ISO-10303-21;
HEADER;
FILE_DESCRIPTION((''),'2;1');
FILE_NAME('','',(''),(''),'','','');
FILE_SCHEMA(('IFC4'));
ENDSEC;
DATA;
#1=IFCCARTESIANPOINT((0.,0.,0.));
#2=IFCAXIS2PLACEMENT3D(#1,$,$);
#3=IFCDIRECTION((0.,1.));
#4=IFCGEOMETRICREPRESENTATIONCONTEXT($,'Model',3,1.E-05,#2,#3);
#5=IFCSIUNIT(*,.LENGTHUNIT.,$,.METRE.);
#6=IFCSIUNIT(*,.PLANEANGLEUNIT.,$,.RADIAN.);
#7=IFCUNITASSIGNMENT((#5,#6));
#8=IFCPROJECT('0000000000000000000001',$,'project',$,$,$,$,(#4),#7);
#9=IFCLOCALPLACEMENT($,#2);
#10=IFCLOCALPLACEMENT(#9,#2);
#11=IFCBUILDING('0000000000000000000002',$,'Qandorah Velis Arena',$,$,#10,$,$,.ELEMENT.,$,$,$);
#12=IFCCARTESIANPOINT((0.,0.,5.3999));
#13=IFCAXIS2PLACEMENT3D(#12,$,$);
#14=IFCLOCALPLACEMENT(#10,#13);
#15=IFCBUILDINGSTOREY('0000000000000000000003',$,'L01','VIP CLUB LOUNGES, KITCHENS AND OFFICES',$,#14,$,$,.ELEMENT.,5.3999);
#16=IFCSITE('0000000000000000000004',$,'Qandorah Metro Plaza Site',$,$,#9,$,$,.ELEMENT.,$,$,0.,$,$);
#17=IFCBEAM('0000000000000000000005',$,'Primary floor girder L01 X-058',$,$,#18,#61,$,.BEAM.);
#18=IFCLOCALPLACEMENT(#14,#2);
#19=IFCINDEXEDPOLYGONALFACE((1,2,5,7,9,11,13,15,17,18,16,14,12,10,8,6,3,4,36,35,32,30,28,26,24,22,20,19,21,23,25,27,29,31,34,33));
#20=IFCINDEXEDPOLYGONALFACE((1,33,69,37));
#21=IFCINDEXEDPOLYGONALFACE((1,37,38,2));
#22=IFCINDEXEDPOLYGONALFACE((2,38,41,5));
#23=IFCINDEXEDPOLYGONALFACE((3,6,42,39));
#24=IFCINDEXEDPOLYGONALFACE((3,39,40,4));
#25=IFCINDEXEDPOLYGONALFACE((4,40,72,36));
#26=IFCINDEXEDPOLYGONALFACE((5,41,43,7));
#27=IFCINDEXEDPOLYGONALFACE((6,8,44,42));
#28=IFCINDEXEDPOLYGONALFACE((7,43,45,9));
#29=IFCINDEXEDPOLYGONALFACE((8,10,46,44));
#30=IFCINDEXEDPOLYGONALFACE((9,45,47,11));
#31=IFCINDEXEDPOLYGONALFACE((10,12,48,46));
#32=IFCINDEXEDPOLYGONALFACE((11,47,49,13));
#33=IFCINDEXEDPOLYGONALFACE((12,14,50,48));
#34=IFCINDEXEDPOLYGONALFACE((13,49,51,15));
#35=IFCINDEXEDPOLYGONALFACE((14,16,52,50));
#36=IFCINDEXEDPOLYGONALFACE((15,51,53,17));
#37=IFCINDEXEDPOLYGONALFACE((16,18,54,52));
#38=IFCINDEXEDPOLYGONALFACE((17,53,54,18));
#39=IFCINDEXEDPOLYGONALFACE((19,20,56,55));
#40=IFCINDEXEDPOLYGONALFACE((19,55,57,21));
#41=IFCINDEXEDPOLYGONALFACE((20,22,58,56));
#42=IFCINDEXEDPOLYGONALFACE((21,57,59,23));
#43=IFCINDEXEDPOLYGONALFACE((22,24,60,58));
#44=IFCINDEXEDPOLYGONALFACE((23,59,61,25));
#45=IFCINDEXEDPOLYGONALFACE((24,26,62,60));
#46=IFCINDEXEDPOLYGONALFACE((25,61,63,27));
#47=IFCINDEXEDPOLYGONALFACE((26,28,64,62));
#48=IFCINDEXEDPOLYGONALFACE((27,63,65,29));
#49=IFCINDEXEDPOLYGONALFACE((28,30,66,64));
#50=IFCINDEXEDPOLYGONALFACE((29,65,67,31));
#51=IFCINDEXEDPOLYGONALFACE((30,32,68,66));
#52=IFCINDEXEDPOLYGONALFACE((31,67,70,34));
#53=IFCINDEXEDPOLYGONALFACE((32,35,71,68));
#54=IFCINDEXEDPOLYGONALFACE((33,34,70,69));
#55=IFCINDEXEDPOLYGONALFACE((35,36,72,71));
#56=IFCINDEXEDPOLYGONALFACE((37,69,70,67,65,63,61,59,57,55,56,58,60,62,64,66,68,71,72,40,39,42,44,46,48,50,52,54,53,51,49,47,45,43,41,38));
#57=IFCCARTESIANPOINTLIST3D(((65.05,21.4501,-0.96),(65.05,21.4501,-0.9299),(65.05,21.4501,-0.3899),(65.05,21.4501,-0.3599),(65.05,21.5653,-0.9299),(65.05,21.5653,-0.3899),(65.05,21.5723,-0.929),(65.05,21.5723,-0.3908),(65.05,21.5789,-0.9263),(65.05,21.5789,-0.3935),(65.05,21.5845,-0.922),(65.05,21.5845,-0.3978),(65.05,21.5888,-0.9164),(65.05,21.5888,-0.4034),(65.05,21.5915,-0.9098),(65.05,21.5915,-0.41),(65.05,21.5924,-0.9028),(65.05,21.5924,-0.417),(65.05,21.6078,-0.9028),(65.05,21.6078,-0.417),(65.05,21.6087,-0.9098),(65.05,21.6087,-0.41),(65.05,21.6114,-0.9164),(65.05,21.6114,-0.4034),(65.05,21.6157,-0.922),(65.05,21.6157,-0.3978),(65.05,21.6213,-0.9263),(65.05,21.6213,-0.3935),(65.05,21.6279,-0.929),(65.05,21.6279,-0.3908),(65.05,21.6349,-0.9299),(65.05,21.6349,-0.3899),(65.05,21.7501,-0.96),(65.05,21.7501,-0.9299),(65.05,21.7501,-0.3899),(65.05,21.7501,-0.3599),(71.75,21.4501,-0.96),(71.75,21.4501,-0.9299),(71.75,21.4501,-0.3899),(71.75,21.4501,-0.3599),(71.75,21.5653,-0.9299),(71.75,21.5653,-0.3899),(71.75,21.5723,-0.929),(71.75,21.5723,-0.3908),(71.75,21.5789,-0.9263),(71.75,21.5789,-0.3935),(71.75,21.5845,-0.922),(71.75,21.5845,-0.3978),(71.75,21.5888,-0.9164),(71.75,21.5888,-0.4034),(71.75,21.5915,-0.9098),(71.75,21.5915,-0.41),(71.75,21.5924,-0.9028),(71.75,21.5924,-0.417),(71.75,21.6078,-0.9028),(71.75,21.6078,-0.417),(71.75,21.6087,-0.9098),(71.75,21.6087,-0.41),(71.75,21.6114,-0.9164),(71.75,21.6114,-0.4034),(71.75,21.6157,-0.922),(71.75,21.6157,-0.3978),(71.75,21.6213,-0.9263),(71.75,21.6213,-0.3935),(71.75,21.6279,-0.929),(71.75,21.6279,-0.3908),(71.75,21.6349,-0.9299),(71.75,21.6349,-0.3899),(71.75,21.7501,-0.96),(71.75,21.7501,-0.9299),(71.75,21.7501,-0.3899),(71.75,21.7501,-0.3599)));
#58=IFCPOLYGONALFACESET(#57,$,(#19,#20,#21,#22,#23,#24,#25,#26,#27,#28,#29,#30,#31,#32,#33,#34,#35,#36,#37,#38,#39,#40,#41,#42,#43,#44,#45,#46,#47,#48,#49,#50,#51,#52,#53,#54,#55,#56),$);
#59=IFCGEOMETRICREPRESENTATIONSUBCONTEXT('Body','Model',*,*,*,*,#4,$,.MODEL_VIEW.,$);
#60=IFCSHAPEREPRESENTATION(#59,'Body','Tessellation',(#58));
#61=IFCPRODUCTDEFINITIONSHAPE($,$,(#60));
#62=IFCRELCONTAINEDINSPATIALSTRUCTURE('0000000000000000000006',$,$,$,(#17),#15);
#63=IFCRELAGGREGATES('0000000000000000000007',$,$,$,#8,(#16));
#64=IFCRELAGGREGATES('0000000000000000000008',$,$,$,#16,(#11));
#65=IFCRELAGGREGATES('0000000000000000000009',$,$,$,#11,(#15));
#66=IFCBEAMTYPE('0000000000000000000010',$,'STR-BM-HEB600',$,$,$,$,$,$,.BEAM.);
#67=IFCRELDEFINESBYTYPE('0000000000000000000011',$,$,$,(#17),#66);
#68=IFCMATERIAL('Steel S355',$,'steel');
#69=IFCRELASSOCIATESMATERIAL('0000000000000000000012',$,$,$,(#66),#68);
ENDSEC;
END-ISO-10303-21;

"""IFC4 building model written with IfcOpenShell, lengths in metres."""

from ifc_helpers import new_model, si_unit, direction, frame, origin, origin_2d, place, context, subcontext, project, spatial, i_section, extrude, material, material_profile, profile_set, type_object, element, save


model = new_model("IFC4")

# Units and contexts
model_context = context("Model", 3, precision=1e-05, world=origin(), true_north=direction((0.0, 1.0)))
body_context = subcontext(model_context, "Body", "Model", "MODEL_VIEW")
ifc_project = project(units=[si_unit("LENGTHUNIT", "METRE"), si_unit("PLANEANGLEUNIT", "RADIAN")], contexts=[model_context])

# Site, building, storey
site_placement = place(None, origin())
site = spatial("IfcSite", under=ifc_project, at=site_placement, Name="Qandorah Metro Plaza Site", CompositionType="ELEMENT", RefElevation=0.0)
building_placement = place(site_placement, origin())
building = spatial("IfcBuilding", under=site, at=building_placement, Name="Qandorah Velis Arena", CompositionType="ELEMENT")
storey_placement = place(building_placement, frame((0.0, 0.0, 5.3999)))
storey = spatial("IfcBuildingStorey", under=building, at=storey_placement, Name="L01", Description="VIP CLUB LOUNGES, KITCHENS AND OFFICES", CompositionType="ELEMENT", Elevation=5.3999)

# Beam
ifc_material_1 = material(Name="Steel S355", Category="steel")
ifc_material_profile_1 = material_profile(ifc_material_1, i_section(OverallWidth=0.3, OverallDepth=0.6001, WebThickness=0.0154, FlangeThickness=0.03, FilletRadius=0.0271, at=origin_2d()), Name="HEB 600")
ifc_profile_set_1 = profile_set([ifc_material_profile_1], Name="Steel S355")
beam_type_1 = type_object("IfcBeamType", Name="STR-BM-HEB600", PredefinedType="BEAM", material=ifc_profile_set_1)
for number, where, z_axis, x_axis, name in (
    (1, (65.05, 21.6001, -0.6599), (1.0, 0.0, 0.0), (0.0, 1.0, 0.0), "Primary floor girder L01 X-058"),
):
    element("IfcBeam", number, at=place(storey_placement, frame(where, z_axis=z_axis, x_axis=x_axis)), inside=storey, type_object=beam_type_1, Name=name, PredefinedType="BEAM", context=body_context, shape_type="SweptSolid", body=[
        extrude(i_section(OverallWidth=0.3, OverallDepth=0.6001, WebThickness=0.0154, FlangeThickness=0.03, FilletRadius=0.0271, at=origin_2d()), origin(), (0.0, 0.0, 1.0), 6.7),
    ])

save(model, "model.ifc")
